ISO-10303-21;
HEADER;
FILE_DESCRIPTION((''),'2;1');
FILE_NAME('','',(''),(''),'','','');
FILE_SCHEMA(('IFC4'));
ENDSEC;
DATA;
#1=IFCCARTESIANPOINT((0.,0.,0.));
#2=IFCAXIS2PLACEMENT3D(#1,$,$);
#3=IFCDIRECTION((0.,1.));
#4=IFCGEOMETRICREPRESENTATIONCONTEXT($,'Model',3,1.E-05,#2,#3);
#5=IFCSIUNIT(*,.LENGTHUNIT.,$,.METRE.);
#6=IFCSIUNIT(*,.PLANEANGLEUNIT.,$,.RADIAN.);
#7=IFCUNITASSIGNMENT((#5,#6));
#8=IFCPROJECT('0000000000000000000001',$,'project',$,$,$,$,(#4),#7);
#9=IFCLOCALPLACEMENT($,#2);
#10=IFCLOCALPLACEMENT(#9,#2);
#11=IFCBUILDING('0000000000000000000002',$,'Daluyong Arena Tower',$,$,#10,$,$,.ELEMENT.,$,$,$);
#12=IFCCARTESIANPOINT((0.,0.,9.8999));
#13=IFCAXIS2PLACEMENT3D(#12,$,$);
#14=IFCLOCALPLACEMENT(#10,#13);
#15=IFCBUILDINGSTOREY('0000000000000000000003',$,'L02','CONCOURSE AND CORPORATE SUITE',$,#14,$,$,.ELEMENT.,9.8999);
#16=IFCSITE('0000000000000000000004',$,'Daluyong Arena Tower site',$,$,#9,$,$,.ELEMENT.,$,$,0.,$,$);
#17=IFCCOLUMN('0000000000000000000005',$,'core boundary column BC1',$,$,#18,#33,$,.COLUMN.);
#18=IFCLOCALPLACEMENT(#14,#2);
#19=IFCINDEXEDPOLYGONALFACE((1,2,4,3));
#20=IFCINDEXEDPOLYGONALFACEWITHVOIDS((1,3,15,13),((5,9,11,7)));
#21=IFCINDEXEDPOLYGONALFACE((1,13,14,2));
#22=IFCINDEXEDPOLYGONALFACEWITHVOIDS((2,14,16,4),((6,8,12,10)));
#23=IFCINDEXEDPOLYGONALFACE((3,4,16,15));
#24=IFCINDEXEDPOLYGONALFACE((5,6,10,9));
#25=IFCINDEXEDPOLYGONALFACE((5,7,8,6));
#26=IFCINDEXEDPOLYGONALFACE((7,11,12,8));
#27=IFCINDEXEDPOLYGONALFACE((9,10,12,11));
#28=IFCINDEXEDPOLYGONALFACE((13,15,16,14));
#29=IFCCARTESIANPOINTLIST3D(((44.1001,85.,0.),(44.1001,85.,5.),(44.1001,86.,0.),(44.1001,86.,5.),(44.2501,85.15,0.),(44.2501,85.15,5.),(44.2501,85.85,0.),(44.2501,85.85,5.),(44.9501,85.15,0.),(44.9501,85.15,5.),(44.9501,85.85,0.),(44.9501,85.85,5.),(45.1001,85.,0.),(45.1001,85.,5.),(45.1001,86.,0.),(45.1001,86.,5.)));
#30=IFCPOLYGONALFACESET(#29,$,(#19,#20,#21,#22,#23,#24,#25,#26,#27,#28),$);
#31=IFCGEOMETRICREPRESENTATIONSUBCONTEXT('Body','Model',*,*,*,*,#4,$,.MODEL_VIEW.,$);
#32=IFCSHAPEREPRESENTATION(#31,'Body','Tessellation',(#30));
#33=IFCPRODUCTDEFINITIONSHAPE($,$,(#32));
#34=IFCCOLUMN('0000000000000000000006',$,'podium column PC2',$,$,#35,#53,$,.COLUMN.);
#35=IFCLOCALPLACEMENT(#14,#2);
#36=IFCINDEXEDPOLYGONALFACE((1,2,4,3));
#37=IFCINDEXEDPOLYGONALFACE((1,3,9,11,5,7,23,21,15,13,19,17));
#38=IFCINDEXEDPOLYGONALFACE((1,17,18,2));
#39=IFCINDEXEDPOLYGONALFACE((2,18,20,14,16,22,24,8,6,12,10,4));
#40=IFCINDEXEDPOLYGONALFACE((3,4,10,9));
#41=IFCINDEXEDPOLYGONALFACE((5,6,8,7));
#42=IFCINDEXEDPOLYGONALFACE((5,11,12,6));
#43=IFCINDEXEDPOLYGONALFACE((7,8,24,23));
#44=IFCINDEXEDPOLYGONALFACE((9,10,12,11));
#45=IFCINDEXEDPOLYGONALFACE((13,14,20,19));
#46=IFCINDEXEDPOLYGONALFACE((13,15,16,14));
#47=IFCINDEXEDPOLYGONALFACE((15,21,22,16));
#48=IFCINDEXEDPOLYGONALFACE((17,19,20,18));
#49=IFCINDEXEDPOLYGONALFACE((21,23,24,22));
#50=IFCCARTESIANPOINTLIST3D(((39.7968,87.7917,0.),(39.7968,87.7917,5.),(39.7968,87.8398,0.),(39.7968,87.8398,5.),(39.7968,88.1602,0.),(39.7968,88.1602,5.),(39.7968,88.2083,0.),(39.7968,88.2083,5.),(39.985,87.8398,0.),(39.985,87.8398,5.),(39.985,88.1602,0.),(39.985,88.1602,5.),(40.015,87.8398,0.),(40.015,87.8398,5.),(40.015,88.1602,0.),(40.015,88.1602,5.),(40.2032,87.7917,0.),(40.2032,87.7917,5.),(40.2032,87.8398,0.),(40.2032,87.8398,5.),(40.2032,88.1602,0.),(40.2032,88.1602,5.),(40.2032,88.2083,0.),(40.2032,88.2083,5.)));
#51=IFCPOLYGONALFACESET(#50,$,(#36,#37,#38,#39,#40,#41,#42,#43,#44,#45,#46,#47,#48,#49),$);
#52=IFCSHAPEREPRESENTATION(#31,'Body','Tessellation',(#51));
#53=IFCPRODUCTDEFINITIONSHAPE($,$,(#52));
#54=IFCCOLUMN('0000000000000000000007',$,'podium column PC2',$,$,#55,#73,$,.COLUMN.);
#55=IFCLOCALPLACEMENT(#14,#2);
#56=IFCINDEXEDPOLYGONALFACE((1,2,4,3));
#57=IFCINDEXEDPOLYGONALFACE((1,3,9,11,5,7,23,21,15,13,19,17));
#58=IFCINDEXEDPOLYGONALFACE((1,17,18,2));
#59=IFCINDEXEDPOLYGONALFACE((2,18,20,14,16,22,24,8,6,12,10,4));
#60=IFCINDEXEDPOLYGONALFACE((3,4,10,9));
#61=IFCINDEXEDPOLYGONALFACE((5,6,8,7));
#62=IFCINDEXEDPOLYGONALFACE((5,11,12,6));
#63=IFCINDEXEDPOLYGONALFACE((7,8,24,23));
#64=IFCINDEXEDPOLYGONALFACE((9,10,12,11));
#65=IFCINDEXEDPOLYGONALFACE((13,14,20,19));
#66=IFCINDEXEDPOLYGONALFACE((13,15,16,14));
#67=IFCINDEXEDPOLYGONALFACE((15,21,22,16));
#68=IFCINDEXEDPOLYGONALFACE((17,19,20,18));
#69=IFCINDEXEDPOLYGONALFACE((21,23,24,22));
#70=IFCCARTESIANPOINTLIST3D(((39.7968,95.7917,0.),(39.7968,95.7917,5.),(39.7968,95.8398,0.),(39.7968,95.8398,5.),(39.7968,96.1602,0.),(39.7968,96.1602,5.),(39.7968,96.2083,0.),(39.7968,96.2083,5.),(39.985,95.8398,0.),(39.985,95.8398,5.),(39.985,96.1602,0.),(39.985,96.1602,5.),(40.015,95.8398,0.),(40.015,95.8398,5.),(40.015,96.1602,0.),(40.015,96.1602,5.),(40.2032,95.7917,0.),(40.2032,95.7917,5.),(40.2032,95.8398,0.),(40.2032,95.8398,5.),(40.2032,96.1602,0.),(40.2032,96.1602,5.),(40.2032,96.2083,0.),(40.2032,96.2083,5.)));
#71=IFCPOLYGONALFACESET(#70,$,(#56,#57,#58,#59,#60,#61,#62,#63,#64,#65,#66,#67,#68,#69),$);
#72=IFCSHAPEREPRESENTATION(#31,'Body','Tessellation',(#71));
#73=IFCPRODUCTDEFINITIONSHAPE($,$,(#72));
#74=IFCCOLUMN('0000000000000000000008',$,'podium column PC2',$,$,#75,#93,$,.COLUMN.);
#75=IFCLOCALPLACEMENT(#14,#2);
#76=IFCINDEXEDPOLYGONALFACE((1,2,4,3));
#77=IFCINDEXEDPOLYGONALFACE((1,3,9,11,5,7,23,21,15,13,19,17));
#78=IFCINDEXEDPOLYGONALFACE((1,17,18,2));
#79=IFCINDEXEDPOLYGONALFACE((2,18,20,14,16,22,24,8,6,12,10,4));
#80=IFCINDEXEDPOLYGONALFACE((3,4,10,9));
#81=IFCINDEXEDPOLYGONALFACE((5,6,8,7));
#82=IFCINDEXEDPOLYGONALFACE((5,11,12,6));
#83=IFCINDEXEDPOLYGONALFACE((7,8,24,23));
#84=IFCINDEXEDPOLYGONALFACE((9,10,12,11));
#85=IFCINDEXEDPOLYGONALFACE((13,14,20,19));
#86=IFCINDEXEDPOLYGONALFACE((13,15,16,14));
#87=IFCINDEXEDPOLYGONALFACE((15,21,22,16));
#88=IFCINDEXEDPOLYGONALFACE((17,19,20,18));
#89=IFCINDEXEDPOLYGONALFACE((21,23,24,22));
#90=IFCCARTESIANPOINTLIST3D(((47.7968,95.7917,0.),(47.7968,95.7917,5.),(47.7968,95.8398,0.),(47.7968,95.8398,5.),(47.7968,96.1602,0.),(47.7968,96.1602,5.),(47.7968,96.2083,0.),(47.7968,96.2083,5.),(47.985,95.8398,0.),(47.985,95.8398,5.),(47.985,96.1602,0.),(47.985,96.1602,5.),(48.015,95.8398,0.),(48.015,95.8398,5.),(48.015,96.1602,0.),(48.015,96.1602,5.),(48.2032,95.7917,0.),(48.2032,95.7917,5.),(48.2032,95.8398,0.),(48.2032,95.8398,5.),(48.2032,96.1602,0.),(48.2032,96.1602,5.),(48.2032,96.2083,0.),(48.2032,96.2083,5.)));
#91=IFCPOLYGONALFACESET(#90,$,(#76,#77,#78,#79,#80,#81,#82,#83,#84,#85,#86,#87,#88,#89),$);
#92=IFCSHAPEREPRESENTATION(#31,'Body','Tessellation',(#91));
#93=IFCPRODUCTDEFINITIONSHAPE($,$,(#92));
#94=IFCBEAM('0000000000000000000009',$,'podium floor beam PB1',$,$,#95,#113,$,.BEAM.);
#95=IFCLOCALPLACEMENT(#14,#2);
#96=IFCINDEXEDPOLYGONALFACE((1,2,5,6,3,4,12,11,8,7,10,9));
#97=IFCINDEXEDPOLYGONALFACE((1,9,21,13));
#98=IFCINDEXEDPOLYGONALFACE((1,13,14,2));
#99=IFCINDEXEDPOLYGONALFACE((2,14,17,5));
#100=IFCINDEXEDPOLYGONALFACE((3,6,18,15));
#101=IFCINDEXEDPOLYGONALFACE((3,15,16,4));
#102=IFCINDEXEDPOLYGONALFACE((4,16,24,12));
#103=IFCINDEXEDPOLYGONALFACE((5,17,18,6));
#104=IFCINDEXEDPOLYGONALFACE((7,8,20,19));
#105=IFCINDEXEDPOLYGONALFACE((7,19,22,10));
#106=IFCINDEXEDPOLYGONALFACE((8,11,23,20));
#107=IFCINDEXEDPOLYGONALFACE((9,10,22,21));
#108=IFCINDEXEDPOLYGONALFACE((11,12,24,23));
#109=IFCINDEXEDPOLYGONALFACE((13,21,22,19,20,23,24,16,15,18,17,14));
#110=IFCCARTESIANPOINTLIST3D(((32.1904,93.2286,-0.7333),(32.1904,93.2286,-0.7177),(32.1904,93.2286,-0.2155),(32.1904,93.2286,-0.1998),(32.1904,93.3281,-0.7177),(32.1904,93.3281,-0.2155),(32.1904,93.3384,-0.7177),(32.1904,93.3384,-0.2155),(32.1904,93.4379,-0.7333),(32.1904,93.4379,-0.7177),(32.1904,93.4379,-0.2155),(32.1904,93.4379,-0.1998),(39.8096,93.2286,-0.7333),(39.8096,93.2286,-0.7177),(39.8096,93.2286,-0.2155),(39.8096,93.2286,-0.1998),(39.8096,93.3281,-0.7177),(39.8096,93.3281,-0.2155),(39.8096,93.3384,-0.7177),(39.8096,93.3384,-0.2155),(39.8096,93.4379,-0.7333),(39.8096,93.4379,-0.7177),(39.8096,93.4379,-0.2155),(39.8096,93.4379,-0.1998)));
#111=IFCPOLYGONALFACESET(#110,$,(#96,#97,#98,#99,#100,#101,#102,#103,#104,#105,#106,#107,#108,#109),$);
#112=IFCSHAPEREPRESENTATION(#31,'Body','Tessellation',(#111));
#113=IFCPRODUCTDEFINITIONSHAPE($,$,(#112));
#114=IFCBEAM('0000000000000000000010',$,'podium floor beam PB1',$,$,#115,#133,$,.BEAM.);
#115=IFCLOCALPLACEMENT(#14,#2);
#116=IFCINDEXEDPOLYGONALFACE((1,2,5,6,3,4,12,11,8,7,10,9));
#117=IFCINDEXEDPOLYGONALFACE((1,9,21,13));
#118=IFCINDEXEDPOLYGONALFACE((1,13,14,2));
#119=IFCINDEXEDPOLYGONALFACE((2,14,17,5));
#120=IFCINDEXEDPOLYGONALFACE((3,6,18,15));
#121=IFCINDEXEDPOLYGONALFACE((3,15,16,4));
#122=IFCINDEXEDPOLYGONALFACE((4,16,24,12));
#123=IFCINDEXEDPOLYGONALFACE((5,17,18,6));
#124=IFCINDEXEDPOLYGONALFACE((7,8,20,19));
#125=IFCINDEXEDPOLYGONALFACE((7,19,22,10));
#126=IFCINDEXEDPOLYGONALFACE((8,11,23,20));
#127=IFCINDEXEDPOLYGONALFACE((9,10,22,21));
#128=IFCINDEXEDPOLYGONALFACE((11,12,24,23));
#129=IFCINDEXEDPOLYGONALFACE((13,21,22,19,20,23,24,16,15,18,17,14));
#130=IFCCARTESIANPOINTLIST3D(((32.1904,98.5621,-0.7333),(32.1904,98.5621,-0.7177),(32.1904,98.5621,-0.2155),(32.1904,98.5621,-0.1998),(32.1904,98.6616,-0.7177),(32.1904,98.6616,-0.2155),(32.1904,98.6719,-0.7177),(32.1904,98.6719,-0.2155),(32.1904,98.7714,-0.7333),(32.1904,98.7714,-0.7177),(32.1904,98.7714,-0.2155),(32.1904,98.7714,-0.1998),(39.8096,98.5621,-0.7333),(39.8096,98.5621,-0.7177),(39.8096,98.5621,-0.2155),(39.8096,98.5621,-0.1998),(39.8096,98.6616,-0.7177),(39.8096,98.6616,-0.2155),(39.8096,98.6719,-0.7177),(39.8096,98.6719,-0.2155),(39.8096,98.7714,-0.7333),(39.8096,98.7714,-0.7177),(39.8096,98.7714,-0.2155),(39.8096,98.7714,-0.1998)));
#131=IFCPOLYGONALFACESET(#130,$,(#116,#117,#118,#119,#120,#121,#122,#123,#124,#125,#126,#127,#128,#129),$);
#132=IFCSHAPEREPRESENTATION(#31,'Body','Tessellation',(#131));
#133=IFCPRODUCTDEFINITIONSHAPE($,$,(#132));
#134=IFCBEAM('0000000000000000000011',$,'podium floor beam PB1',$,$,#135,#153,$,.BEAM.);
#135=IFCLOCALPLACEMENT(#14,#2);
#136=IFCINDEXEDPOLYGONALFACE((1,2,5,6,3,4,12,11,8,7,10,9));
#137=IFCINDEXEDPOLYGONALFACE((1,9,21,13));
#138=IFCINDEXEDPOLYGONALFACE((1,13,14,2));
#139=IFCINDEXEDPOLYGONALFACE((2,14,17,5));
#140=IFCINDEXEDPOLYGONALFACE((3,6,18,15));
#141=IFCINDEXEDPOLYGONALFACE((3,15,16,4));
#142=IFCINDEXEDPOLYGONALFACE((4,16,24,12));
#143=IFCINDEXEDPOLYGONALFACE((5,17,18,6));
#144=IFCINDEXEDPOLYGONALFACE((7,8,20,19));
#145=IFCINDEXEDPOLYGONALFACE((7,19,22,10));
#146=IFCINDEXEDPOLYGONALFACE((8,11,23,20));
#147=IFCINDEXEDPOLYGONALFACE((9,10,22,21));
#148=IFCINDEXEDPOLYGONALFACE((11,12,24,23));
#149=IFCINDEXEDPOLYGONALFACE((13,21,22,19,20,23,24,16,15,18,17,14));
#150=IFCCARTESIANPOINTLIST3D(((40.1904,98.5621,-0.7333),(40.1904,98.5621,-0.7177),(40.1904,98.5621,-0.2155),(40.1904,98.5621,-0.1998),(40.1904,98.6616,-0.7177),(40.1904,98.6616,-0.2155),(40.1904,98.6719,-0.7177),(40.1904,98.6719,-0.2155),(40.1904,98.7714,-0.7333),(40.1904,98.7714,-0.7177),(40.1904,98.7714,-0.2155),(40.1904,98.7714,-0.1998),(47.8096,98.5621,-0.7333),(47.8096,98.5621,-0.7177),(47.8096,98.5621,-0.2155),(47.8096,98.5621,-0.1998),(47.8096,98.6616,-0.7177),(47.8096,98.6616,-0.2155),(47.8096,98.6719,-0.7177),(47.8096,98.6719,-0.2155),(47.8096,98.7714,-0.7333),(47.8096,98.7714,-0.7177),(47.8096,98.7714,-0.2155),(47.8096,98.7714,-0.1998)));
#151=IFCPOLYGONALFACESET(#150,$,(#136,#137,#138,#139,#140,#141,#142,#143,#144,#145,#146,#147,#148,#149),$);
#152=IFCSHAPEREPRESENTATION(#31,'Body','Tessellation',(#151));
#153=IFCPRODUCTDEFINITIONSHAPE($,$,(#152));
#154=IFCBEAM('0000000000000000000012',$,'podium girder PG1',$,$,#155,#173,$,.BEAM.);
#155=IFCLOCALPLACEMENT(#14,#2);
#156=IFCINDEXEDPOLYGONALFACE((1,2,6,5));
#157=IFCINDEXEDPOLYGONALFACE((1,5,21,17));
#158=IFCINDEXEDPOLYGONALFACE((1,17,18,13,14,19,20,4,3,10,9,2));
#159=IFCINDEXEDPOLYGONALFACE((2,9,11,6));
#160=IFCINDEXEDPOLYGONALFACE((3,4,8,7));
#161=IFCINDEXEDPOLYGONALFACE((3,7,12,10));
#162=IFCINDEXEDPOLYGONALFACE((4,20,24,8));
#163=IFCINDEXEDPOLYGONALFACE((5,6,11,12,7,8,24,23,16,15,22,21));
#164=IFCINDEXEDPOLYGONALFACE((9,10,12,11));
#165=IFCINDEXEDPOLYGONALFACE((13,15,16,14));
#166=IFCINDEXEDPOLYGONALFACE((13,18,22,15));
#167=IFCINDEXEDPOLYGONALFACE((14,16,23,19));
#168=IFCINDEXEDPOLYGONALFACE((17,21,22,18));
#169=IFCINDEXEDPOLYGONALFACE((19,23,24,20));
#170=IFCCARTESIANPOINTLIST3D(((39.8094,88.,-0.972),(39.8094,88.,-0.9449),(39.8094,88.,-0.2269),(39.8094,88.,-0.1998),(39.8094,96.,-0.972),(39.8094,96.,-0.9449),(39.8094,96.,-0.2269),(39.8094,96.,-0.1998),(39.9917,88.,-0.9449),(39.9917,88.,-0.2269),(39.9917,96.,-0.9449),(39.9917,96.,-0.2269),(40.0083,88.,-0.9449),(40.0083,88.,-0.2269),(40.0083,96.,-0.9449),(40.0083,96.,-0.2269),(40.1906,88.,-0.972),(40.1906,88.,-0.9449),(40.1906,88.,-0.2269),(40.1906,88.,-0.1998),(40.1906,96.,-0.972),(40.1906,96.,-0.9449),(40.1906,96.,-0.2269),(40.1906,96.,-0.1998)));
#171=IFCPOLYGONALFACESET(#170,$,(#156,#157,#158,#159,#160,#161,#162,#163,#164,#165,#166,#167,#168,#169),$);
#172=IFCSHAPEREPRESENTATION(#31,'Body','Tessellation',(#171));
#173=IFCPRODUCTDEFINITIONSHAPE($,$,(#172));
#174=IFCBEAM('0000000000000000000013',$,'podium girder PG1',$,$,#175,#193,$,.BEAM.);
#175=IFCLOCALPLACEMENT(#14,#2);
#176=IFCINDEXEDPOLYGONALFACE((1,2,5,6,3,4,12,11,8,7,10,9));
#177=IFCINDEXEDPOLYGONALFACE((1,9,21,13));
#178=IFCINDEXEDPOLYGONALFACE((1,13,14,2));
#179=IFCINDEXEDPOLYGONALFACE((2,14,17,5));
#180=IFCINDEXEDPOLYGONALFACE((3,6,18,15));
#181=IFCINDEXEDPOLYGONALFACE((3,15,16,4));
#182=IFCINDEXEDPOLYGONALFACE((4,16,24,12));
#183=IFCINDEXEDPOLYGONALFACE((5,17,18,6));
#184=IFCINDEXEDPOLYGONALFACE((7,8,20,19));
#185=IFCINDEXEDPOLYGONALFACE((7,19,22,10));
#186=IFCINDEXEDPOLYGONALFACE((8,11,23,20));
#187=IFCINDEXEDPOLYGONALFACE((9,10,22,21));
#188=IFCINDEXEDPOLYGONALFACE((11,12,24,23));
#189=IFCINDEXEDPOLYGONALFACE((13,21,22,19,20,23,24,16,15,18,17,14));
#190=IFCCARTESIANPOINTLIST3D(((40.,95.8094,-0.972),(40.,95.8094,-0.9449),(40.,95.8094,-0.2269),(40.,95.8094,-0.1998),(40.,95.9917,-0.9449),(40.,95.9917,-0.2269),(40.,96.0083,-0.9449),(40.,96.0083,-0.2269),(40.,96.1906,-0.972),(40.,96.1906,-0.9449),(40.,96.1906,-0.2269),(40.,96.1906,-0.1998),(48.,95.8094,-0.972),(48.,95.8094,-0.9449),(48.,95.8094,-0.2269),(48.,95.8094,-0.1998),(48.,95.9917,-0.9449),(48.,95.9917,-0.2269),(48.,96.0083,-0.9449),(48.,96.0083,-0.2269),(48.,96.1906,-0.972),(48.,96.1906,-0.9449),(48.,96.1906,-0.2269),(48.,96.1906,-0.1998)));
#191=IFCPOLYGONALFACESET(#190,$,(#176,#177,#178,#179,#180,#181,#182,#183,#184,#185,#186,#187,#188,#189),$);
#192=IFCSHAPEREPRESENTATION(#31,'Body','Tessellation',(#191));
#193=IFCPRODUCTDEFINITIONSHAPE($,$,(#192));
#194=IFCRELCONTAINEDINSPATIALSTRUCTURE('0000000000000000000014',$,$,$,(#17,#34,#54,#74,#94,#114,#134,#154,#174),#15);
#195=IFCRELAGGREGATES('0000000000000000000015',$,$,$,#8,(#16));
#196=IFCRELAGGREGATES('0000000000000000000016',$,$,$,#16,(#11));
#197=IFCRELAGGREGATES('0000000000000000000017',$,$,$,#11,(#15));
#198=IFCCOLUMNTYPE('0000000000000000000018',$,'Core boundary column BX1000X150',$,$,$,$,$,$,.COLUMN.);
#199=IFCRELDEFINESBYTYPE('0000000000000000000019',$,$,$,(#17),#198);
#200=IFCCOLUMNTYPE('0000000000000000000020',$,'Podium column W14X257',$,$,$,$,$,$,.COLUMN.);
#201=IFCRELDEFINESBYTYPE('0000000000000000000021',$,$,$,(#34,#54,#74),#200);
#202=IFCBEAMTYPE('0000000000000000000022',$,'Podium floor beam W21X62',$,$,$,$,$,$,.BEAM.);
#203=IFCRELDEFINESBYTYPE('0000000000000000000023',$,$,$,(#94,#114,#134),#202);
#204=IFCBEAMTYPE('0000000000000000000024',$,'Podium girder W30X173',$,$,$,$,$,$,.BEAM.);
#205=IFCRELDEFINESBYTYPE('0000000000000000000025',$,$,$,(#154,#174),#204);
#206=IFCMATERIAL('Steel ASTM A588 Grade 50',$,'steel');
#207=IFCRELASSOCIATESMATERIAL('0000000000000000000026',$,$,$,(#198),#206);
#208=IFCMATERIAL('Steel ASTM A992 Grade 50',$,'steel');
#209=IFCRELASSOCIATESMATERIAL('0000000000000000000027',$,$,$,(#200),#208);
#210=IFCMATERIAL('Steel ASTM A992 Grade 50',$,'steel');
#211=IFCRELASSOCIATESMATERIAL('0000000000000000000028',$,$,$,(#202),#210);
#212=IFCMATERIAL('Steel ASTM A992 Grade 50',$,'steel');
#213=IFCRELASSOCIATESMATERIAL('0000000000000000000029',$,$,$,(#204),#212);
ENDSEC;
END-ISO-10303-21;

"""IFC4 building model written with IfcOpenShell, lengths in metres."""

from ifc_helpers import new_model, si_unit, direction, frame, origin, origin_2d, place, context, subcontext, project, spatial, hollow_rectangle, i_section, extrude, material, material_profile, profile_set, type_object, element, save


model = new_model("IFC4")

# Units and contexts
model_context = context("Model", 3, precision=1e-05, world=origin(), true_north=direction((0.0, 1.0)))
body_context = subcontext(model_context, "Body", "Model", "MODEL_VIEW")
ifc_project = project(units=[si_unit("LENGTHUNIT", "METRE"), si_unit("PLANEANGLEUNIT", "RADIAN")], contexts=[model_context])

# Site, building, storey
site_placement = place(None, origin())
site = spatial("IfcSite", under=ifc_project, at=site_placement, Name="Daluyong Arena Tower site", CompositionType="ELEMENT", RefElevation=0.0)
building_placement = place(site_placement, origin())
building = spatial("IfcBuilding", under=site, at=building_placement, Name="Daluyong Arena Tower", CompositionType="ELEMENT")
storey_placement = place(building_placement, frame((0.0, 0.0, 9.8999)))
storey = spatial("IfcBuildingStorey", under=building, at=storey_placement, Name="L02", Description="CONCOURSE AND CORPORATE SUITE", CompositionType="ELEMENT", Elevation=9.8999)

# Columns
ifc_material_1 = material(Name="Steel ASTM A588 Grade 50", Category="steel")
ifc_material_profile_1 = material_profile(ifc_material_1, hollow_rectangle(XDim=1.0, YDim=1.0, WallThickness=0.15, at=origin_2d()))
ifc_profile_set_1 = profile_set([ifc_material_profile_1], Name="Steel ASTM A588 Grade 50")
column_type_1 = type_object("IfcColumnType", Name="Core boundary column BX1000X150", PredefinedType="COLUMN", material=ifc_profile_set_1)
column_placement = place(storey_placement, frame((44.6001, 85.5, 0.0), z_axis=(0.0, 0.0, 1.0), x_axis=(1.0, 0.0, 0.0)))
element("IfcColumn", 1, at=column_placement, inside=storey, type_object=column_type_1, Name="core boundary column BC1", PredefinedType="COLUMN", context=body_context, shape_type="SweptSolid", body=[
    extrude(hollow_rectangle(XDim=1.0, YDim=1.0, WallThickness=0.15, at=origin_2d()), origin(), (0.0, 0.0, 1.0), 5.0),
])
ifc_material_2 = material(Name="Steel ASTM A992 Grade 50", Category="steel")
ifc_material_profile_2 = material_profile(ifc_material_2, i_section(OverallWidth=0.4065, OverallDepth=0.4165, WebThickness=0.03, FlangeThickness=0.0481, at=origin_2d()))
ifc_profile_set_2 = profile_set([ifc_material_profile_2], Name="Steel ASTM A992 Grade 50")
column_type_2 = type_object("IfcColumnType", Name="Podium column W14X257", PredefinedType="COLUMN", material=ifc_profile_set_2)
for number, where, z_axis, x_axis, name in (
    (2, (40.0, 88.0, 0.0), (0.0, 0.0, 1.0), (1.0, 0.0, 0.0), "podium column PC2"),
    (3, (40.0, 96.0, 0.0), (0.0, 0.0, 1.0), (1.0, 0.0, 0.0), "podium column PC2"),
    (4, (48.0, 96.0, 0.0), (0.0, 0.0, 1.0), (1.0, 0.0, 0.0), "podium column PC2"),
):
    element("IfcColumn", number, at=place(storey_placement, frame(where, z_axis=z_axis, x_axis=x_axis)), inside=storey, type_object=column_type_2, Name=name, PredefinedType="COLUMN", context=body_context, shape_type="SweptSolid", body=[
        extrude(i_section(OverallWidth=0.4065, OverallDepth=0.4165, WebThickness=0.03, FlangeThickness=0.0481, at=origin_2d()), origin(), (0.0, 0.0, 1.0), 5.0),
    ])

# Beams
ifc_material_3 = material(Name="Steel ASTM A992 Grade 50", Category="steel")
ifc_material_profile_3 = material_profile(ifc_material_3, i_section(OverallWidth=0.2092, OverallDepth=0.5334, WebThickness=0.0103, FlangeThickness=0.0156, at=origin_2d()))
ifc_profile_set_3 = profile_set([ifc_material_profile_3], Name="Steel ASTM A992 Grade 50")
beam_type_1 = type_object("IfcBeamType", Name="Podium floor beam W21X62", PredefinedType="BEAM", material=ifc_profile_set_3)
for number, where, z_axis, x_axis, name in (
    (5, (32.1904, 93.3333, -0.4666), (1.0, 0.0, 0.0), (0.0, 1.0, 0.0), "podium floor beam PB1"),
    (6, (32.1904, 98.6667, -0.4666), (1.0, 0.0, 0.0), (0.0, 1.0, 0.0), "podium floor beam PB1"),
    (7, (40.1904, 98.6667, -0.4666), (1.0, 0.0, 0.0), (0.0, 1.0, 0.0), "podium floor beam PB1"),
):
    element("IfcBeam", number, at=place(storey_placement, frame(where, z_axis=z_axis, x_axis=x_axis)), inside=storey, type_object=beam_type_1, Name=name, PredefinedType="BEAM", context=body_context, shape_type="SweptSolid", body=[
        extrude(i_section(OverallWidth=0.2092, OverallDepth=0.5334, WebThickness=0.0103, FlangeThickness=0.0156, at=origin_2d()), origin(), (0.0, 0.0, 1.0), 7.6191),
    ])
ifc_material_4 = material(Name="Steel ASTM A992 Grade 50", Category="steel")
ifc_material_profile_4 = material_profile(ifc_material_4, i_section(OverallWidth=0.3811, OverallDepth=0.7722, WebThickness=0.0166, FlangeThickness=0.0271, at=origin_2d()))
ifc_profile_set_4 = profile_set([ifc_material_profile_4], Name="Steel ASTM A992 Grade 50")
beam_type_2 = type_object("IfcBeamType", Name="Podium girder W30X173", PredefinedType="BEAM", material=ifc_profile_set_4)
for number, where, z_axis, x_axis, name in (
    (8, (40.0, 88.0, -0.5859), (0.0, 1.0, 0.0), (-1.0, 0.0, 0.0), "podium girder PG1"),
    (9, (40.0, 96.0, -0.5859), (1.0, 0.0, 0.0), (0.0, 1.0, 0.0), "podium girder PG1"),
):
    element("IfcBeam", number, at=place(storey_placement, frame(where, z_axis=z_axis, x_axis=x_axis)), inside=storey, type_object=beam_type_2, Name=name, PredefinedType="BEAM", context=body_context, shape_type="SweptSolid", body=[
        extrude(i_section(OverallWidth=0.3811, OverallDepth=0.7722, WebThickness=0.0166, FlangeThickness=0.0271, at=origin_2d()), origin(), (0.0, 0.0, 1.0), 8.0),
    ])

save(model, "model.ifc")
